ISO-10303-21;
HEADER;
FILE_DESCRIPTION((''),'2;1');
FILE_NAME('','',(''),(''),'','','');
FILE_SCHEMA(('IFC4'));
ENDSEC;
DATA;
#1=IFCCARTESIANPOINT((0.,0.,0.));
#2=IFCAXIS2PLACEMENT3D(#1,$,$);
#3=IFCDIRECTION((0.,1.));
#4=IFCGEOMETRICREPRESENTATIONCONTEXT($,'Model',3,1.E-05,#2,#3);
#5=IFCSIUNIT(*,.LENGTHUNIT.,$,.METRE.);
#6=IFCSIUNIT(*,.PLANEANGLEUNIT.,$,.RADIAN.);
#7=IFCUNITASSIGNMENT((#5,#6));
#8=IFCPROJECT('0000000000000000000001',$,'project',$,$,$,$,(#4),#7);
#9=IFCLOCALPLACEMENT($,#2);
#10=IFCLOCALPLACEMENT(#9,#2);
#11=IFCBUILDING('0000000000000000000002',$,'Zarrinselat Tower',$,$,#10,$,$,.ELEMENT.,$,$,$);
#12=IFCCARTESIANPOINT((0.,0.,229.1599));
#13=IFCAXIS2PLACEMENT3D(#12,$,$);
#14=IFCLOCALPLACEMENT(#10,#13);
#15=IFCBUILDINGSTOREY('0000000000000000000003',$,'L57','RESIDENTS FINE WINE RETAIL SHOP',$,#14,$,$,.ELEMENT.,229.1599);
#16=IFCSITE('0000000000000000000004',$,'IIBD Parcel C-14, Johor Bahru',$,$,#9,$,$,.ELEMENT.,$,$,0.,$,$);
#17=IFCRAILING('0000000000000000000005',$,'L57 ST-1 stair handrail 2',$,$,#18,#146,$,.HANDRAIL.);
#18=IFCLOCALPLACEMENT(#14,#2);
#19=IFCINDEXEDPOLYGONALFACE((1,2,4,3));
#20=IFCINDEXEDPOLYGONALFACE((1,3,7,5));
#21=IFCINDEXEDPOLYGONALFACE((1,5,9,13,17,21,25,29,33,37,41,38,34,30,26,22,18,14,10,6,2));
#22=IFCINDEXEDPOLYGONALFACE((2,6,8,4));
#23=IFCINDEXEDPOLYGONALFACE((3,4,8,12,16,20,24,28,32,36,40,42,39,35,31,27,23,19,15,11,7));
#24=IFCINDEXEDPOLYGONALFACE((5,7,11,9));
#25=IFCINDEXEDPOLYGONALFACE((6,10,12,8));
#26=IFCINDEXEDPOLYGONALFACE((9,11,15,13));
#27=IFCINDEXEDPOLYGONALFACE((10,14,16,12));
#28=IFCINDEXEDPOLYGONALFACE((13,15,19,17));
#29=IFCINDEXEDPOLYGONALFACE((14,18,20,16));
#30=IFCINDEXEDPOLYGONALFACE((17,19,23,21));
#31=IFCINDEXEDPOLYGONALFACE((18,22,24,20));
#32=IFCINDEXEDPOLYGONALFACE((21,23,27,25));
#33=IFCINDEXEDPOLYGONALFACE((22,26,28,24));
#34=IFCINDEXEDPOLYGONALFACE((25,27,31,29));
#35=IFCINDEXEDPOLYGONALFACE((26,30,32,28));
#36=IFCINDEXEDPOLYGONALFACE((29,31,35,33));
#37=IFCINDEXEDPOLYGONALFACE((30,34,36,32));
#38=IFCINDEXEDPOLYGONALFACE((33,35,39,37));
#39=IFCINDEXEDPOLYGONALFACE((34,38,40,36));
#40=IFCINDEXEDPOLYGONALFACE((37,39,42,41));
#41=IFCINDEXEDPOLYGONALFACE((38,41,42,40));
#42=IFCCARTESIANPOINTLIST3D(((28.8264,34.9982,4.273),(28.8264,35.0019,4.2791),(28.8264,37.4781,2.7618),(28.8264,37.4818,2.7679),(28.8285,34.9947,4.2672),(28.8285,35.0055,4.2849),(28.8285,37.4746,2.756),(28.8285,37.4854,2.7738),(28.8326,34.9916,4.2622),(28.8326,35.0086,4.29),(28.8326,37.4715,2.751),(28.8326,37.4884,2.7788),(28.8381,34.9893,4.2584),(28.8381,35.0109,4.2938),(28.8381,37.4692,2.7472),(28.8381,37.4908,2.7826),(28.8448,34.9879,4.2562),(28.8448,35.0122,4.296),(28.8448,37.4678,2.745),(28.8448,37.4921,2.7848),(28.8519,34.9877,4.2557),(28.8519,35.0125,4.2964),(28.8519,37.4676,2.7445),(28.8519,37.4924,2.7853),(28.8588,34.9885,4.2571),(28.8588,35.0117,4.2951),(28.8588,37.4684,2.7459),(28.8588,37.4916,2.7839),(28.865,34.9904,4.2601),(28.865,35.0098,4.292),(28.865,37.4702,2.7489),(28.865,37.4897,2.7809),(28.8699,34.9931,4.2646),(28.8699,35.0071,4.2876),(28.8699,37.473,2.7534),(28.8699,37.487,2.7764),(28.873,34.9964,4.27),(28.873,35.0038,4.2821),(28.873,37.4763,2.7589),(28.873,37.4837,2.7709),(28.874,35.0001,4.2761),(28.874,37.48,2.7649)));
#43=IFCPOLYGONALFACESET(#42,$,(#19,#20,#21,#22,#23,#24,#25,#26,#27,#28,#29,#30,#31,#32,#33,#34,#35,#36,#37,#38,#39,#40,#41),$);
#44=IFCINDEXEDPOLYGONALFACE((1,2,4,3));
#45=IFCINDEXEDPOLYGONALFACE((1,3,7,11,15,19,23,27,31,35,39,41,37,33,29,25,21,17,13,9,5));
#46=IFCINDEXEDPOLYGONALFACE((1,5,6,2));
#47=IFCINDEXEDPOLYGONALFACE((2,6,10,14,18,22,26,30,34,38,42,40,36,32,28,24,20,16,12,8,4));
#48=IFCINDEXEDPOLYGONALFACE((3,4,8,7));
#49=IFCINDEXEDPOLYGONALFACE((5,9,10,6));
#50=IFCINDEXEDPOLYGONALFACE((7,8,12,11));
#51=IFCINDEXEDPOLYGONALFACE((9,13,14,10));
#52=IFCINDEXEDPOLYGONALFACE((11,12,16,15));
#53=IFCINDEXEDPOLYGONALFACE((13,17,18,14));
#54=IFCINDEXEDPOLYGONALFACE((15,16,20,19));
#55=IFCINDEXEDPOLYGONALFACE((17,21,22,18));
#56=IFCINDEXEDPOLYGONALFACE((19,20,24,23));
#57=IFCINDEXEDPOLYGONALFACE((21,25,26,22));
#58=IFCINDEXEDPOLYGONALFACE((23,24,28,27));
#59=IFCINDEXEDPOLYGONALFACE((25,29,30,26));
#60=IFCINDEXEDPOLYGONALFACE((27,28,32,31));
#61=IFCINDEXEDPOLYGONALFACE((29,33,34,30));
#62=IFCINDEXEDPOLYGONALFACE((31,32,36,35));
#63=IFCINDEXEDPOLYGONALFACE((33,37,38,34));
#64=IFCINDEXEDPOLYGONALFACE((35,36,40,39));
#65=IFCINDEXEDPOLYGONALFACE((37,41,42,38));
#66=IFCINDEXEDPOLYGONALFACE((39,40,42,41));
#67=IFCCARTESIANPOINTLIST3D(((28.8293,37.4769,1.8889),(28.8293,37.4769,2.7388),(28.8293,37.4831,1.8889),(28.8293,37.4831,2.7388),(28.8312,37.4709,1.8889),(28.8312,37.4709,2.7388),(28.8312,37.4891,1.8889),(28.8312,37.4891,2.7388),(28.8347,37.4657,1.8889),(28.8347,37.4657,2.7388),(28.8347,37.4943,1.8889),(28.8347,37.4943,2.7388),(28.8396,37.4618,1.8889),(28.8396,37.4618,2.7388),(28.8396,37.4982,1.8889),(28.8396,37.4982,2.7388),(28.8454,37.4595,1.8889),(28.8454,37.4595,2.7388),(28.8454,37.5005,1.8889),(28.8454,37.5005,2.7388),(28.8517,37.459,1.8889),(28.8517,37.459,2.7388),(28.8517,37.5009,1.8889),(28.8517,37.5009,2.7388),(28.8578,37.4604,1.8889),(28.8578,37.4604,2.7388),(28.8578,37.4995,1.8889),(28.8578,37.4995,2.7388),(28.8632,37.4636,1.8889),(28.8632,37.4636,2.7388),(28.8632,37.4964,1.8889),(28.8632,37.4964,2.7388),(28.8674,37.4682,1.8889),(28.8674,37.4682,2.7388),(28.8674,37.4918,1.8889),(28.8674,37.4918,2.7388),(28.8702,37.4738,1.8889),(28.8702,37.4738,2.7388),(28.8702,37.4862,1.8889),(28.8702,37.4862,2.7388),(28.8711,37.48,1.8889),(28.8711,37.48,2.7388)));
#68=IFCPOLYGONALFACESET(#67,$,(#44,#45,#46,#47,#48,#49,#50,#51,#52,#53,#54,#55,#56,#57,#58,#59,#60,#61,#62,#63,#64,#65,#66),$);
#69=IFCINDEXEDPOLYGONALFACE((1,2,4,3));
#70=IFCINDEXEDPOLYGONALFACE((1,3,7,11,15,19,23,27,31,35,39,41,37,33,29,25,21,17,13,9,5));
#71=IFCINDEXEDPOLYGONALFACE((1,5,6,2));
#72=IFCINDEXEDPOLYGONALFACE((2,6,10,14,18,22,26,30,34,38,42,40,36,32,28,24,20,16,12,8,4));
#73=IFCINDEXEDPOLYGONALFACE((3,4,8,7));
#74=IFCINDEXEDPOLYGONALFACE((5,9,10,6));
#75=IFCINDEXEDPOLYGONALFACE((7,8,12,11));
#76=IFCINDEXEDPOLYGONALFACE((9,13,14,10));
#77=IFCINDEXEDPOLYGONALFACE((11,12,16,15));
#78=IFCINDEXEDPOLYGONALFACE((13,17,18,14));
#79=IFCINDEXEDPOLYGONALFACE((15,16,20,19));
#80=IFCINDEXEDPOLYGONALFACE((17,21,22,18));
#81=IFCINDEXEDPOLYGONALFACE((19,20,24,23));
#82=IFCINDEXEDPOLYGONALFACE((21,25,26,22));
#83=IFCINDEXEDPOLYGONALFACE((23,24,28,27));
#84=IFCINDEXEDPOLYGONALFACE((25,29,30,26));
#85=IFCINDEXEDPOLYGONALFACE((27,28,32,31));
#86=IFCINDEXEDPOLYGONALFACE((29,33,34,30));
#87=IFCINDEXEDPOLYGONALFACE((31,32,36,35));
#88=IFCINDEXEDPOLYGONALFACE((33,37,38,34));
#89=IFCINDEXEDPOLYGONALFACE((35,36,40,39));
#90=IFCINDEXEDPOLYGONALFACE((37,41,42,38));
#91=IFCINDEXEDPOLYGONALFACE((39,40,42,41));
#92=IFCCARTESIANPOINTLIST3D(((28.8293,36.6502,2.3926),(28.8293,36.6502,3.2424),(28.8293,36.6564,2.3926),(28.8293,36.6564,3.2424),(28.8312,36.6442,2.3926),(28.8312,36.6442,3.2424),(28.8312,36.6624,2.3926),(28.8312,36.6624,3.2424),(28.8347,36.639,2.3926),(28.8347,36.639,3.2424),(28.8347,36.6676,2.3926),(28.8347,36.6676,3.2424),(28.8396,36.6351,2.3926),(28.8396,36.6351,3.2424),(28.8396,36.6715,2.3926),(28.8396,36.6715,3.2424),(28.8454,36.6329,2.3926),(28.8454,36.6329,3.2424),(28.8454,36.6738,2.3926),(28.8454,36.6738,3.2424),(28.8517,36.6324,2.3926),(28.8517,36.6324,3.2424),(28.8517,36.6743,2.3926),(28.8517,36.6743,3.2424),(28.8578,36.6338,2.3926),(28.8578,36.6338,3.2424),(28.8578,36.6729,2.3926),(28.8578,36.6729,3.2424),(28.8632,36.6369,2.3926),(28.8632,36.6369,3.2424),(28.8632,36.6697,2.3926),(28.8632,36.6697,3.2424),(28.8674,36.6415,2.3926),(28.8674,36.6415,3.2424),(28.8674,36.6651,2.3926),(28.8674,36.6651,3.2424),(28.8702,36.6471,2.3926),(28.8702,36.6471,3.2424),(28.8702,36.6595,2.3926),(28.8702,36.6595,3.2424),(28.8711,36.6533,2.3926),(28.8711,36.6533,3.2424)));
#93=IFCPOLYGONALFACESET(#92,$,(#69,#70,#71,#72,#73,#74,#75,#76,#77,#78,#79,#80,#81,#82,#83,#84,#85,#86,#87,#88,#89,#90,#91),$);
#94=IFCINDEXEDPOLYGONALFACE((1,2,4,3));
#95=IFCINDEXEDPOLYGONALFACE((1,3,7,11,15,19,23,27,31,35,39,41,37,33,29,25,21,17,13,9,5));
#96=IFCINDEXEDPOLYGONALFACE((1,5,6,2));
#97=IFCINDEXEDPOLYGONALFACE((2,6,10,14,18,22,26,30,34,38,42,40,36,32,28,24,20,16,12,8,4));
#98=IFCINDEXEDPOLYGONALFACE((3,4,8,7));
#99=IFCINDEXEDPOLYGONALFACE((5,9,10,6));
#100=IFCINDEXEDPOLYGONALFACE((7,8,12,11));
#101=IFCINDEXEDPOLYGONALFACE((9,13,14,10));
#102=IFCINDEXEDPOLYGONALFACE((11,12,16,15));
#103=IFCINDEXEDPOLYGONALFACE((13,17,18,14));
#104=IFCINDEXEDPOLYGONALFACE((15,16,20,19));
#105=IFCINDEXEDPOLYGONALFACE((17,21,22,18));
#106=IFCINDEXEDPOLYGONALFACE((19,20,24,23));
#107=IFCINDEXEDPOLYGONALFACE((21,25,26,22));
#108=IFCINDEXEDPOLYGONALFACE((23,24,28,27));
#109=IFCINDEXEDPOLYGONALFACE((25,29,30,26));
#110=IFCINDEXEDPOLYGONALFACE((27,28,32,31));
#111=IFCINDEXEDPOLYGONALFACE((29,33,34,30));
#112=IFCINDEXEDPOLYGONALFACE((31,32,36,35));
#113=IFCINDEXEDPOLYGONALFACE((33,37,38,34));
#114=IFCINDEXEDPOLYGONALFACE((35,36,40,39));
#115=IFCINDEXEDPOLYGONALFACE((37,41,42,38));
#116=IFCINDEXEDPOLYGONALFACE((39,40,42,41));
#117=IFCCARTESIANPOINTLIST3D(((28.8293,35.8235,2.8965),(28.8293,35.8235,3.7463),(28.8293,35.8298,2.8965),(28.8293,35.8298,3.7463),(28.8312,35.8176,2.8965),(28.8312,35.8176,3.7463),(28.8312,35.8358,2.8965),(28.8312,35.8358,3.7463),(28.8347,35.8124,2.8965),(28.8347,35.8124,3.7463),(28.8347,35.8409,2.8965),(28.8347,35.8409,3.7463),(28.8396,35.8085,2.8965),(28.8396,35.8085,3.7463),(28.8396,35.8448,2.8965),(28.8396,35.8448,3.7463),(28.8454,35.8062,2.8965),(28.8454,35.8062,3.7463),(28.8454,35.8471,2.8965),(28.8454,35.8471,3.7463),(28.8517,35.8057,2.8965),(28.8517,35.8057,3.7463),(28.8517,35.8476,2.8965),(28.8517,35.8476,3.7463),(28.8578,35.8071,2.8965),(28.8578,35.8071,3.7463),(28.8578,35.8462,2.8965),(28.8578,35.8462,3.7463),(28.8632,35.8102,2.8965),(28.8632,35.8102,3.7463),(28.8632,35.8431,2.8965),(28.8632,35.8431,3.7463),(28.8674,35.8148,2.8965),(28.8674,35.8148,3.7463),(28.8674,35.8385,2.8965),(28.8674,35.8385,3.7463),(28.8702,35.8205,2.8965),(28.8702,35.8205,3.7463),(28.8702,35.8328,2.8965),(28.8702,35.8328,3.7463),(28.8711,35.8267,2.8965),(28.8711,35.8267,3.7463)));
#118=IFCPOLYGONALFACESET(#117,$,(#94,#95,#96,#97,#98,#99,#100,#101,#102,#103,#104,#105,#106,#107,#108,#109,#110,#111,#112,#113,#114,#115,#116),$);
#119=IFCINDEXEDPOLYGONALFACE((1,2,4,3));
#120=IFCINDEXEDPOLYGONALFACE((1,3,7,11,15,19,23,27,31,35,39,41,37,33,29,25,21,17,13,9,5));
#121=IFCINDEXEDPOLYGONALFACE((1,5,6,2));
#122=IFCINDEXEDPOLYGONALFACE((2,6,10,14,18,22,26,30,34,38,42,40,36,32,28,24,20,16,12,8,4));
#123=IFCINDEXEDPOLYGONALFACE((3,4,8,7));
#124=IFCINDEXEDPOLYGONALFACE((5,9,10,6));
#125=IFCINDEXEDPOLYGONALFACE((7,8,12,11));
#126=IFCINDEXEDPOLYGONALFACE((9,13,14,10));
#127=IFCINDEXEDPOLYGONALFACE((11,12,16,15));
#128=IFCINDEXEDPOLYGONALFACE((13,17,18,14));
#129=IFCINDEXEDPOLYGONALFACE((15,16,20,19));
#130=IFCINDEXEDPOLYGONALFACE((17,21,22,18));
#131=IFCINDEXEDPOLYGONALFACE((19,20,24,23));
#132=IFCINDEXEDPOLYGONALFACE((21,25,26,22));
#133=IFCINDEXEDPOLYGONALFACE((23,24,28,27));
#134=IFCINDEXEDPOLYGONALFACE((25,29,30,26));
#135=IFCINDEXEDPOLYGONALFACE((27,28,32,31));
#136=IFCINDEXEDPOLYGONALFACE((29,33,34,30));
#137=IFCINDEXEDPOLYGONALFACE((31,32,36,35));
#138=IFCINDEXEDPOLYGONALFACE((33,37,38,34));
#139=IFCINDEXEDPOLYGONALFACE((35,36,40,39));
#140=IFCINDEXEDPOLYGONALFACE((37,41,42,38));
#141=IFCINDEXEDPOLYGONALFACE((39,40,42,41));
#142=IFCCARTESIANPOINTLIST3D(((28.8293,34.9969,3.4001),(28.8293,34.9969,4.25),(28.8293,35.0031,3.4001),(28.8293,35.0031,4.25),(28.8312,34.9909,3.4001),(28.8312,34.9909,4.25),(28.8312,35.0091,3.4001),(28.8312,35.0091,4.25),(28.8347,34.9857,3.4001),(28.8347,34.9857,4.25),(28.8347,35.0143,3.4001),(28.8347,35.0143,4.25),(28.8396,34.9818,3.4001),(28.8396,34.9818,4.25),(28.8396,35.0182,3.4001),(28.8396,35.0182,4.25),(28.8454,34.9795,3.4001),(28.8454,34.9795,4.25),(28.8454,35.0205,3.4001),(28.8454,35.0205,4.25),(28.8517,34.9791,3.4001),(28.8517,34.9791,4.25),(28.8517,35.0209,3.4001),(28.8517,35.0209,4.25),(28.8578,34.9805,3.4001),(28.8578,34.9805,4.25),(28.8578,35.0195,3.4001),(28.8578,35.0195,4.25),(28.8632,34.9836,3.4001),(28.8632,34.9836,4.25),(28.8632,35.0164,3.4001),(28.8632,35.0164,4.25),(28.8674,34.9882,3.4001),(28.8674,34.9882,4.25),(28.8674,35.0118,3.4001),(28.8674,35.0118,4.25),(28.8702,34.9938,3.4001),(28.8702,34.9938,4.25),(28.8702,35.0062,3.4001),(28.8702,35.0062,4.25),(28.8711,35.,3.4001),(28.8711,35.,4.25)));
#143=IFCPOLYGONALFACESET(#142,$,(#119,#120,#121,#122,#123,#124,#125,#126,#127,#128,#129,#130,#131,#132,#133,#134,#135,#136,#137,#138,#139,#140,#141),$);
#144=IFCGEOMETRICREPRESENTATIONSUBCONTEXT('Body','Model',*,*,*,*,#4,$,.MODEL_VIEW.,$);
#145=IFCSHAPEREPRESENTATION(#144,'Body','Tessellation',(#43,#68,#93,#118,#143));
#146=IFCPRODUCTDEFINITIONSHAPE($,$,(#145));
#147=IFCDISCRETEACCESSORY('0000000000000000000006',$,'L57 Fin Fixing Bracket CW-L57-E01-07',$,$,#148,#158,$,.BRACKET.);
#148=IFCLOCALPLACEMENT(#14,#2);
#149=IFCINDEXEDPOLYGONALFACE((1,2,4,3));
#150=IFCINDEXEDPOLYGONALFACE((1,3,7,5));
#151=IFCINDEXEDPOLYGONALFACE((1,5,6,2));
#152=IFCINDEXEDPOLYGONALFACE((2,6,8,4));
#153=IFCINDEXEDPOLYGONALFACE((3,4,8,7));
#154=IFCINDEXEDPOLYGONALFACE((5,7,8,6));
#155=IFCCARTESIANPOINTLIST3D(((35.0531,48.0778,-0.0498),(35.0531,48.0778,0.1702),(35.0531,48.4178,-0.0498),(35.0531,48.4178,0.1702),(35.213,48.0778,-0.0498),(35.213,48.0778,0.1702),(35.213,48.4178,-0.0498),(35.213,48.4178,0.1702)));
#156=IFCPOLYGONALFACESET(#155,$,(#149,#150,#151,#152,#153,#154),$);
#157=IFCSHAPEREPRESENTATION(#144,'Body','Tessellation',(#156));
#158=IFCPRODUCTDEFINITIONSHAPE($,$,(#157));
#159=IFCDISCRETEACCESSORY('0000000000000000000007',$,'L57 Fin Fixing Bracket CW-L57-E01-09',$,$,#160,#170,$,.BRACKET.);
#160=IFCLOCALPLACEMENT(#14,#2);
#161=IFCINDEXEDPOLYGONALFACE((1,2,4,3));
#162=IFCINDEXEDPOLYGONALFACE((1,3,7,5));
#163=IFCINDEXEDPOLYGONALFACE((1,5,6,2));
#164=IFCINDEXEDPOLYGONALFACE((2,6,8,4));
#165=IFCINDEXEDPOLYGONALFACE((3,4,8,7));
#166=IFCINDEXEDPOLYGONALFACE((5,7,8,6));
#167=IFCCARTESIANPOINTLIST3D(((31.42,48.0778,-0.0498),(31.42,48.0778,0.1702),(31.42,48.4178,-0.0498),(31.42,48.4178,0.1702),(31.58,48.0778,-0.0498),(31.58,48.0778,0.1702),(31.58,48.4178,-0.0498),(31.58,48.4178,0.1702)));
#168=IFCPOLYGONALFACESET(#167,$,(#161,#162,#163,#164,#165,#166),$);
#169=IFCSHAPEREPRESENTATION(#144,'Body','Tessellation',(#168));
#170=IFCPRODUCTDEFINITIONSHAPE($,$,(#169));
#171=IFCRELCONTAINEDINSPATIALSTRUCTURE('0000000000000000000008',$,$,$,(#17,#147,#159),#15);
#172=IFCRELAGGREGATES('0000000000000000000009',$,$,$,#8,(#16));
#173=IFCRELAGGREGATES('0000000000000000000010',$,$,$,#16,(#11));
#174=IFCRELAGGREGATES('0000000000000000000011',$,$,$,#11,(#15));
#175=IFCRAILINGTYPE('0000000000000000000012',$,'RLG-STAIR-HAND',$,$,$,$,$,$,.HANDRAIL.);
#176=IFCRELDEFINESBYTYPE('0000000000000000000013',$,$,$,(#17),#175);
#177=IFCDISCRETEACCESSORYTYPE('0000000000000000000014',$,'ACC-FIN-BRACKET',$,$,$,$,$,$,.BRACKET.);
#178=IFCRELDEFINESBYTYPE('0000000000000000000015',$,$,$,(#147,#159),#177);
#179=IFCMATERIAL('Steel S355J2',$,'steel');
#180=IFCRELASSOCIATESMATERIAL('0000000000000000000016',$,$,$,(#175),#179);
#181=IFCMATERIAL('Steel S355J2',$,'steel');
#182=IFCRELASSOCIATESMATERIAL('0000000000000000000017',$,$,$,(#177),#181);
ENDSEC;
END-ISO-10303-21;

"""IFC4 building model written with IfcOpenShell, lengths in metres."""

from ifc_helpers import new_model, si_unit, direction, frame, origin, origin_2d, place, context, subcontext, project, spatial, rectangle, circle, extrude, material, type_object, element, save


model = new_model("IFC4")

# Units and contexts
model_context = context("Model", 3, precision=1e-05, world=origin(), true_north=direction((0.0, 1.0)))
body_context = subcontext(model_context, "Body", "Model", "MODEL_VIEW")
ifc_project = project(units=[si_unit("LENGTHUNIT", "METRE"), si_unit("PLANEANGLEUNIT", "RADIAN")], contexts=[model_context])

# Site, building, storey
site_placement = place(None, origin())
site = spatial("IfcSite", under=ifc_project, at=site_placement, Name="IIBD Parcel C-14, Johor Bahru", CompositionType="ELEMENT", RefElevation=0.0)
building_placement = place(site_placement, origin())
building = spatial("IfcBuilding", under=site, at=building_placement, Name="Zarrinselat Tower", CompositionType="ELEMENT")
storey_placement = place(building_placement, frame((0.0, 0.0, 229.1599)))
storey = spatial("IfcBuildingStorey", under=building, at=storey_placement, Name="L57", Description="RESIDENTS FINE WINE RETAIL SHOP", CompositionType="ELEMENT", Elevation=229.1599)

# Railing
ifc_material_1 = material(Name="Steel S355J2", Category="steel")
railing_type_1 = type_object("IfcRailingType", Name="RLG-STAIR-HAND", PredefinedType="HANDRAIL", material=ifc_material_1)
railing_1_placement = place(storey_placement, frame((28.8501, 37.48, 1.8889)))
element("IfcRailing", 1, at=railing_1_placement, inside=storey, type_object=railing_type_1, Name="L57 ST-1 stair handrail 2", PredefinedType="HANDRAIL", context=body_context, shape_type="SweptSolid", body=[
    extrude(circle(Radius=0.0239, at=origin_2d()), frame((0.0, 0.0, 0.876), z_axis=(0.0, -0.853942, 0.520368), x_axis=(1.0, 0.0, 0.0)), (0.0, 0.0, 1.0), 2.9041),
    extrude(circle(Radius=0.021, at=origin_2d()), origin(), (0.0, 0.0, 1.0), 0.8499),
    extrude(circle(Radius=0.021, at=origin_2d()), frame((0.0, -0.8267, 0.5037)), (0.0, 0.0, 1.0), 0.8499),
    extrude(circle(Radius=0.021, at=origin_2d()), frame((0.0, -1.6533, 1.0076)), (0.0, 0.0, 1.0), 0.8499),
    extrude(circle(Radius=0.021, at=origin_2d()), frame((0.0, -2.48, 1.5112)), (0.0, 0.0, 1.0), 0.8499),
])

# Discrete accessories
ifc_material_2 = material(Name="Steel S355J2", Category="steel")
discrete_accessory_type = type_object("IfcDiscreteAccessoryType", Name="ACC-FIN-BRACKET", PredefinedType="BRACKET", material=ifc_material_2)
for number, where, z_axis, x_axis, name in (
    (2, (35.1331, 48.2478, -0.0498), (0.0, 0.0, 1.0), (0.0, 1.0, 0.0), "L57 Fin Fixing Bracket CW-L57-E01-07"),
    (3, (31.5, 48.2478, -0.0498), (0.0, 0.0, 1.0), (0.0, 1.0, 0.0), "L57 Fin Fixing Bracket CW-L57-E01-09"),
):
    element("IfcDiscreteAccessory", number, at=place(storey_placement, frame(where, z_axis=z_axis, x_axis=x_axis)), inside=storey, type_object=discrete_accessory_type, Name=name, PredefinedType="BRACKET", context=body_context, shape_type="SweptSolid", body=[
        extrude(rectangle(XDim=0.3401, YDim=0.1599, at=origin_2d()), origin(), (0.0, 0.0, 1.0), 0.22),
    ])

save(model, "model.ifc")
